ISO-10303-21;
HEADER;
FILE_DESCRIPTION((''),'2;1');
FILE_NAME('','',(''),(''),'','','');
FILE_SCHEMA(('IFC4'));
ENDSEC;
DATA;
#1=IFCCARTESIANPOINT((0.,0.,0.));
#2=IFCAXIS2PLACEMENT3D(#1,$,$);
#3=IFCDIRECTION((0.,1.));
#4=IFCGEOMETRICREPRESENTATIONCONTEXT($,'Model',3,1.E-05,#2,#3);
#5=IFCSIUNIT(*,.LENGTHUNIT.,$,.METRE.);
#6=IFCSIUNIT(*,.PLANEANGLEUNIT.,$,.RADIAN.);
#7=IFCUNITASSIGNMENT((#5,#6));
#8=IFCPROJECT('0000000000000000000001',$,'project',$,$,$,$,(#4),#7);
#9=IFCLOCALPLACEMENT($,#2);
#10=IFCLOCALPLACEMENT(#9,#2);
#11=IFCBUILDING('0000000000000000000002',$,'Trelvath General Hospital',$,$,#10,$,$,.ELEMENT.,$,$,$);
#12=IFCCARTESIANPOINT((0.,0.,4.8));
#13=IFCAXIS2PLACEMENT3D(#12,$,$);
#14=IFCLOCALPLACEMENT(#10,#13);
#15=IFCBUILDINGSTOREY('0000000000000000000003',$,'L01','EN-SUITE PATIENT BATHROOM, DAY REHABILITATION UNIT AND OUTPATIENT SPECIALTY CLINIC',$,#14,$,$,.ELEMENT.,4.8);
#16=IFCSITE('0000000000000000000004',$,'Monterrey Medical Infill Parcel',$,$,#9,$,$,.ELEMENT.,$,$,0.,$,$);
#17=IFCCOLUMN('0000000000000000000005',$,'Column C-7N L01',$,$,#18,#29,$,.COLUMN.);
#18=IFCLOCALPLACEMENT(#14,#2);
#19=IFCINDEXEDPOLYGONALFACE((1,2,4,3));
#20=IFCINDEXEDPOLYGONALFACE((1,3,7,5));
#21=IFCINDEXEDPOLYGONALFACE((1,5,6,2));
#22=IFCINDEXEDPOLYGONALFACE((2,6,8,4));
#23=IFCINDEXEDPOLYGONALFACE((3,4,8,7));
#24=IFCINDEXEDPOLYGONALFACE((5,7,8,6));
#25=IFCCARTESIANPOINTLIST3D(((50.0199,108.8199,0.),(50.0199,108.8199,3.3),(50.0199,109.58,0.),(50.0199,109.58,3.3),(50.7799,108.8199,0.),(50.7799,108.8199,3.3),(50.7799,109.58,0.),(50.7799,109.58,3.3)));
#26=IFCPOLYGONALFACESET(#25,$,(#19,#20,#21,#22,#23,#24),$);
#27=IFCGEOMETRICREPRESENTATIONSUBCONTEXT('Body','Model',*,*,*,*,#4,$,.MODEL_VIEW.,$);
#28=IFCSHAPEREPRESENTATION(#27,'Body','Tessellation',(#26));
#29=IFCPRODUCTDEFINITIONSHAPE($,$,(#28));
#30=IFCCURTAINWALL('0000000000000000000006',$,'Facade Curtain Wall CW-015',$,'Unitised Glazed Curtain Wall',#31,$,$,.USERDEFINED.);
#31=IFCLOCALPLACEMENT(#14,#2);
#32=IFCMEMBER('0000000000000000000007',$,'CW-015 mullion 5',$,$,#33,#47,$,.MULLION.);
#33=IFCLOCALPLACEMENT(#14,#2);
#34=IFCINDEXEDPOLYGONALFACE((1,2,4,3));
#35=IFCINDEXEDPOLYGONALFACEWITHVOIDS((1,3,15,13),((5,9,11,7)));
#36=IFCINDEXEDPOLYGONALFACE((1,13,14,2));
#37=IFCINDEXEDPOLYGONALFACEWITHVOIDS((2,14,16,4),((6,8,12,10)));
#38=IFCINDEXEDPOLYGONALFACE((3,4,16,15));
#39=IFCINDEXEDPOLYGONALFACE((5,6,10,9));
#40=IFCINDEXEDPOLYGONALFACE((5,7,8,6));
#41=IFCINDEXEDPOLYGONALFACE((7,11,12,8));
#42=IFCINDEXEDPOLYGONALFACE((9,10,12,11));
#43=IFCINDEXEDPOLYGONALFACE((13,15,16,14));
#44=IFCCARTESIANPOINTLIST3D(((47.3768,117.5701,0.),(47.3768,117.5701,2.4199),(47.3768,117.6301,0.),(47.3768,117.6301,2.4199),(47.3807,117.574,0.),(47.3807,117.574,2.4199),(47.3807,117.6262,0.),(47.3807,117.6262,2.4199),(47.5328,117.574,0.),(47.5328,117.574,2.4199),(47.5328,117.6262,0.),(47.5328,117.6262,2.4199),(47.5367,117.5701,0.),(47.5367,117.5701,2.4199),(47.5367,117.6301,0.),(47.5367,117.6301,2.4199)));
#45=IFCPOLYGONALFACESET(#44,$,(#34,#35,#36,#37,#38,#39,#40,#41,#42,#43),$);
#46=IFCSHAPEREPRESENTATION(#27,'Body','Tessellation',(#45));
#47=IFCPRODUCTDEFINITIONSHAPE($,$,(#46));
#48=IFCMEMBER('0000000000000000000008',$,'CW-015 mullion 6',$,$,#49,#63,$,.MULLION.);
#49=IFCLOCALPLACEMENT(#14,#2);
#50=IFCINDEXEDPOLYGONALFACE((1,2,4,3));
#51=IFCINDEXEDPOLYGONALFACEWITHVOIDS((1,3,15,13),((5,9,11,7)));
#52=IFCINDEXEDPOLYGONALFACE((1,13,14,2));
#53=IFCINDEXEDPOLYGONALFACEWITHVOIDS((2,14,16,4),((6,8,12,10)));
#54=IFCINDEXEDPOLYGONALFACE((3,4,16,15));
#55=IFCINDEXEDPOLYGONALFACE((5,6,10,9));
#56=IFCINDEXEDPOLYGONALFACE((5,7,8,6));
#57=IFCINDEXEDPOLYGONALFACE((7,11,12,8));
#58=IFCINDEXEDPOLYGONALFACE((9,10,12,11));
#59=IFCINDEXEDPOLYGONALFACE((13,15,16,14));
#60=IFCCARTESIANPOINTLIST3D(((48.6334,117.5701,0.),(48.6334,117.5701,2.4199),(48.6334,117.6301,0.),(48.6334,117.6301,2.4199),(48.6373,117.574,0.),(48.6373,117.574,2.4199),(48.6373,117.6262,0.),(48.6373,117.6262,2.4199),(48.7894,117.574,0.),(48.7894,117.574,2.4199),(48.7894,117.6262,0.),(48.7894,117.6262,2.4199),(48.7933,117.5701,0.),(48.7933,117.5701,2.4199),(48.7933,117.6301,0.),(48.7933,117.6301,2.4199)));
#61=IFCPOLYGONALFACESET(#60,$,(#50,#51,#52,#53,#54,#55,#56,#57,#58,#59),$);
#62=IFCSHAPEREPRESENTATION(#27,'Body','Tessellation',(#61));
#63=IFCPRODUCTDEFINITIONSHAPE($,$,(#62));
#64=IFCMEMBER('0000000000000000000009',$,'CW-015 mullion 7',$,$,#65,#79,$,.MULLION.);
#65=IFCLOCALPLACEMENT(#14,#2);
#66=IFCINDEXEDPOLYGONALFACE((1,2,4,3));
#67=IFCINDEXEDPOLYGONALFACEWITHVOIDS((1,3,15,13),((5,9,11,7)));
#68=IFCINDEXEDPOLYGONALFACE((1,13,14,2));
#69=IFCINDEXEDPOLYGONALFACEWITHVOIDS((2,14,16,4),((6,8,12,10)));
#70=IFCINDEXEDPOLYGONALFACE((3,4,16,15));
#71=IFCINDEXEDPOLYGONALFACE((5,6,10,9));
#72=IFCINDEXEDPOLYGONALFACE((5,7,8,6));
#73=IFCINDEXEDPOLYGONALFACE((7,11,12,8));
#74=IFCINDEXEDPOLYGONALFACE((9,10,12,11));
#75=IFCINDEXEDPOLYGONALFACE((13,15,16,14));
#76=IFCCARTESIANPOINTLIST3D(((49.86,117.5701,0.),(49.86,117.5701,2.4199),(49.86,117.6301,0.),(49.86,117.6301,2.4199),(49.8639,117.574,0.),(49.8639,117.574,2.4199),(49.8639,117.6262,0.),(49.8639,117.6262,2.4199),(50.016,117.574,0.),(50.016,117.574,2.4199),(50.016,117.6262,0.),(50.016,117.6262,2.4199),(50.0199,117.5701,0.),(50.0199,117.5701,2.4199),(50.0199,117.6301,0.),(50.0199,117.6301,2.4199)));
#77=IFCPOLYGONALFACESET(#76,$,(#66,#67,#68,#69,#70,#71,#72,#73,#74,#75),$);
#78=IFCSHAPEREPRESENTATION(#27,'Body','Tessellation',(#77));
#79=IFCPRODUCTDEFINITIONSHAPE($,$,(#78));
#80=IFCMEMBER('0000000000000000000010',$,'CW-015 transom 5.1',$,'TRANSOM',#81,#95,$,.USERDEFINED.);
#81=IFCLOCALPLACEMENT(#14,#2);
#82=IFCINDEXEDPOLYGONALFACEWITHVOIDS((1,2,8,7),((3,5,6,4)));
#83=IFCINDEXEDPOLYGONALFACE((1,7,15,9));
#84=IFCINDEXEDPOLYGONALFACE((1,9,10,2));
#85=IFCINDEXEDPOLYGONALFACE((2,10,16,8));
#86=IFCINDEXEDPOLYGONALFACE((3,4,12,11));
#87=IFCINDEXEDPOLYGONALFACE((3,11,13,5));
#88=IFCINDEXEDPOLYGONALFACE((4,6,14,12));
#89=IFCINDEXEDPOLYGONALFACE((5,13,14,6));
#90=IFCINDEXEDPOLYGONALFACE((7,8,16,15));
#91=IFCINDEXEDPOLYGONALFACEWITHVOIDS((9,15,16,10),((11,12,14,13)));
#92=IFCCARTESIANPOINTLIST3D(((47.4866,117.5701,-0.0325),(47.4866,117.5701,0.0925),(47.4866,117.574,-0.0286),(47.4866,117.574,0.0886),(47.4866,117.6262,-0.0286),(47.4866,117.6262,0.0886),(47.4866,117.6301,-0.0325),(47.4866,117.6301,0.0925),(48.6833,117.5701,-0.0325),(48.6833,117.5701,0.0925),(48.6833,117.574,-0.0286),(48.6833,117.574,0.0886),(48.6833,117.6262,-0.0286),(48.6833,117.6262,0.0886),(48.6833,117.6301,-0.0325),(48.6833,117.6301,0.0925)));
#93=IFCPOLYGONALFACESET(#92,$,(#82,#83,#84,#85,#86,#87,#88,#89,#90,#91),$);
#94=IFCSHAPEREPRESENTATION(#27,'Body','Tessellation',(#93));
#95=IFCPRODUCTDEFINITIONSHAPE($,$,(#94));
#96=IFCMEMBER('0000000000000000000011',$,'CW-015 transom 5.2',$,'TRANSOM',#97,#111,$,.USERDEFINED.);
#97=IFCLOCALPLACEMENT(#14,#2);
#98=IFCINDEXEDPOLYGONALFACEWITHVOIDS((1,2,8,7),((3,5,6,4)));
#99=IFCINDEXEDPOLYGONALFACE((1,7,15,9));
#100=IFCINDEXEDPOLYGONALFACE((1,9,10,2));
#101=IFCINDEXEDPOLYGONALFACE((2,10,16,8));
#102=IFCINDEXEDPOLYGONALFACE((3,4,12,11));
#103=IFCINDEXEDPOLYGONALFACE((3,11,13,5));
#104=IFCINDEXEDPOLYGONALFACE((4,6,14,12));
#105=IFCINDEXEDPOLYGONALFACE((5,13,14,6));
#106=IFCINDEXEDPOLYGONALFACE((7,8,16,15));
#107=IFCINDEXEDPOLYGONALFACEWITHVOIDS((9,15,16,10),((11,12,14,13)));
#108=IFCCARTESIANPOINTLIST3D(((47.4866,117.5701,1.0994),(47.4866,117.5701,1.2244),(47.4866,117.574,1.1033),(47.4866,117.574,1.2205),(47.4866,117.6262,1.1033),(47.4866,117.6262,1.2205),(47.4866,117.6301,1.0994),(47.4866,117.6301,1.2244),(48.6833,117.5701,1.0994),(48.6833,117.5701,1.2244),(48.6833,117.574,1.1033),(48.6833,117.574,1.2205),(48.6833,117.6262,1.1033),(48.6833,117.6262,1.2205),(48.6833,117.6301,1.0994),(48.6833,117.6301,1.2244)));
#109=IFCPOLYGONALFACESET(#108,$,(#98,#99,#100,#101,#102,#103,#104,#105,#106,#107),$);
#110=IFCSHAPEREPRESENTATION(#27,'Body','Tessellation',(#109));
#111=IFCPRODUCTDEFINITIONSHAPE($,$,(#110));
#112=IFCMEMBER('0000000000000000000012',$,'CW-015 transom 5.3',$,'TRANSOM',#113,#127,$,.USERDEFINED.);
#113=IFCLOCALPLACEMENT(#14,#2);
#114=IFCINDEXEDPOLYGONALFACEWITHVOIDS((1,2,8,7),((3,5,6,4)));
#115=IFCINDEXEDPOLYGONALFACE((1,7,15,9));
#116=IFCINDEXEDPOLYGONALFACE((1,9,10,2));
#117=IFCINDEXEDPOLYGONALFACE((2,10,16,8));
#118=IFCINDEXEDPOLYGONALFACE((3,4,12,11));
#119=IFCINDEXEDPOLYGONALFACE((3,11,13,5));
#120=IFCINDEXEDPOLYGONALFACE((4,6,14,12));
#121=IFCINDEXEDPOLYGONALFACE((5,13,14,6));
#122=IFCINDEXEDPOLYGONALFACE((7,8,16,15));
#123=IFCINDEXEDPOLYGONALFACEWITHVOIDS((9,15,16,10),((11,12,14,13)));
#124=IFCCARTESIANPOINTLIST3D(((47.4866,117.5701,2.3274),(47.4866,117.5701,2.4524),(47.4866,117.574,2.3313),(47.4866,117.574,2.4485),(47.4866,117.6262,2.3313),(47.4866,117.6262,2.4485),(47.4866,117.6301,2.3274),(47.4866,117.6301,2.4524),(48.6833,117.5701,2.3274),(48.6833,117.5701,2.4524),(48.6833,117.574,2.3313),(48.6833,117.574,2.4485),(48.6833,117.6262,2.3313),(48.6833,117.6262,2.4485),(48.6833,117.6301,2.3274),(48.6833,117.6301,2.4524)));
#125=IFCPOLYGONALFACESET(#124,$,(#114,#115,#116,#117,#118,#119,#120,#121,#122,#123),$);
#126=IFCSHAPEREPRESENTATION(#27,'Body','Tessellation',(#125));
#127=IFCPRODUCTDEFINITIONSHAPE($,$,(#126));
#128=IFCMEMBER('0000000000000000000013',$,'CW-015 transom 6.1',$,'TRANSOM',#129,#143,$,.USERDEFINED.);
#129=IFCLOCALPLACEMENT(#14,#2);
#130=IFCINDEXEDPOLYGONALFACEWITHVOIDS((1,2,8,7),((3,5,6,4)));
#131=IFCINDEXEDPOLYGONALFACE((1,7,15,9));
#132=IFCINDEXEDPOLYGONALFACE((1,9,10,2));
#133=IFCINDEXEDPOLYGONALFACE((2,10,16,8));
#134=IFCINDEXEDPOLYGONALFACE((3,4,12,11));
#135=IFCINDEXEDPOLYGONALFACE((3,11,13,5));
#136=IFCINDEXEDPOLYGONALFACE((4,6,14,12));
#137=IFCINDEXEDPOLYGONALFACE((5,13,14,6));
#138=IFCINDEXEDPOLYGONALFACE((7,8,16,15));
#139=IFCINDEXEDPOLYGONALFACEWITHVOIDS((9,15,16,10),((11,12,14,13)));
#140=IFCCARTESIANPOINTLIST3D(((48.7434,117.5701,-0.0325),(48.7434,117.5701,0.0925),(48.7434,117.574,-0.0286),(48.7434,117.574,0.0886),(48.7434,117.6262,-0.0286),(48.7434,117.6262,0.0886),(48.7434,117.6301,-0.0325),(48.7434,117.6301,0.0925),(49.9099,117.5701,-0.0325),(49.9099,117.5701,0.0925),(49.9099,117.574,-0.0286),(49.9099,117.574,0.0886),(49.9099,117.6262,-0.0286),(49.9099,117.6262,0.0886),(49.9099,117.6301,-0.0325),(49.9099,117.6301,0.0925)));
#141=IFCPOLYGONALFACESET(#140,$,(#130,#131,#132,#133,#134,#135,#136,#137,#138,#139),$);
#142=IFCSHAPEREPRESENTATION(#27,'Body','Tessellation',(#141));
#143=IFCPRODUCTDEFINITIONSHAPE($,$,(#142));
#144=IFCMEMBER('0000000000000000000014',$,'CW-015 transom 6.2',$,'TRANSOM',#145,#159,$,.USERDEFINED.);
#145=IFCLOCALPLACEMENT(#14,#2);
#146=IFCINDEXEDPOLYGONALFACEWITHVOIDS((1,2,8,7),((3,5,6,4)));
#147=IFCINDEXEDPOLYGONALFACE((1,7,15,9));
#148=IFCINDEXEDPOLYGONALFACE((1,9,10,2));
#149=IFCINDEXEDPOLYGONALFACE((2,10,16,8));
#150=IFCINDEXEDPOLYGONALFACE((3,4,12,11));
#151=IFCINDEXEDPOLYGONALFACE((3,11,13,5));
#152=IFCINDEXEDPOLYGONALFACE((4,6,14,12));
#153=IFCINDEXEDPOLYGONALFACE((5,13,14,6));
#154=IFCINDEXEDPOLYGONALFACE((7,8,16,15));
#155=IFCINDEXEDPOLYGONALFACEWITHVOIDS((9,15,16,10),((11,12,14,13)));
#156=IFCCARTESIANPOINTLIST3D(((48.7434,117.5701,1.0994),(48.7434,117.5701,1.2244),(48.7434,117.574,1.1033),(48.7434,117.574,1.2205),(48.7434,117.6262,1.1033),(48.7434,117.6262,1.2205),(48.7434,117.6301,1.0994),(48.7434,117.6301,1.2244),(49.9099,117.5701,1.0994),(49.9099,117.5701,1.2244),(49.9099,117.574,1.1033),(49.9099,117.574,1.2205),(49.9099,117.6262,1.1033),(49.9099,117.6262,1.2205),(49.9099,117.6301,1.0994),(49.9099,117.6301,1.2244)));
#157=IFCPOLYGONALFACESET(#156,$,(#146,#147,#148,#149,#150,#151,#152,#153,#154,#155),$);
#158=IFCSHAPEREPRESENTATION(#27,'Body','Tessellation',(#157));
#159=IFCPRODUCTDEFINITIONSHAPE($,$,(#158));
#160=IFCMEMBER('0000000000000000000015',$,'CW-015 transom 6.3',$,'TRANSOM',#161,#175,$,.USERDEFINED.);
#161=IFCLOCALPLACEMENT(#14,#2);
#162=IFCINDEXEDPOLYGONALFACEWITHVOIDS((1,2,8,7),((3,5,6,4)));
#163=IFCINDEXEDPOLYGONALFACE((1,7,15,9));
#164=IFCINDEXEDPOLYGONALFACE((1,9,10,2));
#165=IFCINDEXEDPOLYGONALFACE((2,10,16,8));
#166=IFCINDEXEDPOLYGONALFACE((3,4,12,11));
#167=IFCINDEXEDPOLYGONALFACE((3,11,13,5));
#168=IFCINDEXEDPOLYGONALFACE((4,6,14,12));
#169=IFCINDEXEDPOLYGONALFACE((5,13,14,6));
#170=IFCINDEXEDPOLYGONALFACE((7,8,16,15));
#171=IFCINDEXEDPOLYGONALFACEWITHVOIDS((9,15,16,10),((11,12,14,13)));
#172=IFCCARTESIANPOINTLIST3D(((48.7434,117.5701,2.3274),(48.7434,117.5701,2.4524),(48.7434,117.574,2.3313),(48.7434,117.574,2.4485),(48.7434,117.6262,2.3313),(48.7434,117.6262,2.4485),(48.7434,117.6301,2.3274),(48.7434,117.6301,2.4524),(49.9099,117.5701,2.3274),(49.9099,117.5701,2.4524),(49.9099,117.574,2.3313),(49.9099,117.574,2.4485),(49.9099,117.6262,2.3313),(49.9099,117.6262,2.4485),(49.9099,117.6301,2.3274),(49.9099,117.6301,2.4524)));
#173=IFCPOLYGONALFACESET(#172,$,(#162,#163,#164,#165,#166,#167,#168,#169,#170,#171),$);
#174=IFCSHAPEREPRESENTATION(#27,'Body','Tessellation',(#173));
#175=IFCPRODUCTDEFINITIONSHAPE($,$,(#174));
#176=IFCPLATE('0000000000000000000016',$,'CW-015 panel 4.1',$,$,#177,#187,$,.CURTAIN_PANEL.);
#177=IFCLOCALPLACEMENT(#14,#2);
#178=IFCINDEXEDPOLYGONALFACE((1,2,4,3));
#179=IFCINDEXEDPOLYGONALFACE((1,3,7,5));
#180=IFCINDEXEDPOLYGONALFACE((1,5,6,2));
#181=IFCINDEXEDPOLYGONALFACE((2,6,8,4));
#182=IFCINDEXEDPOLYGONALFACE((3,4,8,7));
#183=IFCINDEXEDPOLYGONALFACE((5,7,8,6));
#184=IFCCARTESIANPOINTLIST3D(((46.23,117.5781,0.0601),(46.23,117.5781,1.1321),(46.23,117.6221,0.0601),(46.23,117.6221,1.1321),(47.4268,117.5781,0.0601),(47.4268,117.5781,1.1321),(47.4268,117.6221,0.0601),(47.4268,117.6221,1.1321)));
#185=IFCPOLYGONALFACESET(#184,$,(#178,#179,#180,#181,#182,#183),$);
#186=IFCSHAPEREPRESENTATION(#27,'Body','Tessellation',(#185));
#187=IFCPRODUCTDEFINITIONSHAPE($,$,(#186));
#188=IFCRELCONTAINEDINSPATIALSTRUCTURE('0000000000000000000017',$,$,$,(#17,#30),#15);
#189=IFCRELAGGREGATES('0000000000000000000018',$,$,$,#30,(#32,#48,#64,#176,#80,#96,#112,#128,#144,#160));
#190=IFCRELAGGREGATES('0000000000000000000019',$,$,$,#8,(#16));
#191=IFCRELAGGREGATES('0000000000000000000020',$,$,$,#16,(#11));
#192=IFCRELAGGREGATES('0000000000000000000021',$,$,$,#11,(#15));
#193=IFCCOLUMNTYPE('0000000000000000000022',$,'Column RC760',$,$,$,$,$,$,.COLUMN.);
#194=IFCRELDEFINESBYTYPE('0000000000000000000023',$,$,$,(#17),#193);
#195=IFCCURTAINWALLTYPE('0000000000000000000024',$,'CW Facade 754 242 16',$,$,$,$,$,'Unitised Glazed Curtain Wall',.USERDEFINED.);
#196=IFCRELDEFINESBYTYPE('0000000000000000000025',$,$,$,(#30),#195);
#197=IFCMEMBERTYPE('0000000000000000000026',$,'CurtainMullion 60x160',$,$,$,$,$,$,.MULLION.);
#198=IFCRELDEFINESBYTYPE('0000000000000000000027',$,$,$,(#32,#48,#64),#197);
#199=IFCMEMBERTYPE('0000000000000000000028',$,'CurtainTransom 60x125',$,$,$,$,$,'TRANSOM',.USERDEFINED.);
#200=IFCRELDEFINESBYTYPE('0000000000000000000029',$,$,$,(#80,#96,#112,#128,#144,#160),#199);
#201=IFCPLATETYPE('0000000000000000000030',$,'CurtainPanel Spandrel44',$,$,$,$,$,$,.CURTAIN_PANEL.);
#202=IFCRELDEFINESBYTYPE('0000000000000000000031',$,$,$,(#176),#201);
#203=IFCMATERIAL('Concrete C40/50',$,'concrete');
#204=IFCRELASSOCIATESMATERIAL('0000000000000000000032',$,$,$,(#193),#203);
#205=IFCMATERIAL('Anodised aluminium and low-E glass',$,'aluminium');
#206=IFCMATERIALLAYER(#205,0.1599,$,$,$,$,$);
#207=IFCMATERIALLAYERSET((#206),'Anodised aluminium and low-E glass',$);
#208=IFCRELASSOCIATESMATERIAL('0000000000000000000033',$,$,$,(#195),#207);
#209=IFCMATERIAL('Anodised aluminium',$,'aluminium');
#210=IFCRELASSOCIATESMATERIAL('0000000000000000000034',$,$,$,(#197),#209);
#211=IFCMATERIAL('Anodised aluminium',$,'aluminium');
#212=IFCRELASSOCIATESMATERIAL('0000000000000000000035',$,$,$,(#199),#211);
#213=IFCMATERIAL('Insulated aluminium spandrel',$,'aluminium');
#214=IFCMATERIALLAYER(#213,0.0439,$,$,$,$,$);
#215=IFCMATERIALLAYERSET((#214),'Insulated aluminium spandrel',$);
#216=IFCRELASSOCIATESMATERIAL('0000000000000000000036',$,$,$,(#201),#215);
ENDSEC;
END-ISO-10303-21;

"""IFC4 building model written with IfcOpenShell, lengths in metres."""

from ifc_helpers import new_model, si_unit, direction, frame, origin, origin_2d, place, context, subcontext, project, spatial, rectangle, hollow_rectangle, extrude, material, layer, layer_set, material_profile, profile_set, type_object, element, aggregate, save


model = new_model("IFC4")

# Units and contexts
model_context = context("Model", 3, precision=1e-05, world=origin(), true_north=direction((0.0, 1.0)))
body_context = subcontext(model_context, "Body", "Model", "MODEL_VIEW")
ifc_project = project(units=[si_unit("LENGTHUNIT", "METRE"), si_unit("PLANEANGLEUNIT", "RADIAN")], contexts=[model_context])

# Site, building, storey
site_placement = place(None, origin())
site = spatial("IfcSite", under=ifc_project, at=site_placement, Name="Monterrey Medical Infill Parcel", CompositionType="ELEMENT", RefElevation=0.0)
building_placement = place(site_placement, origin())
building = spatial("IfcBuilding", under=site, at=building_placement, Name="Trelvath General Hospital", CompositionType="ELEMENT")
storey_placement = place(building_placement, frame((0.0, 0.0, 4.8)))
storey = spatial("IfcBuildingStorey", under=building, at=storey_placement, Name="L01", Description="EN-SUITE PATIENT BATHROOM, DAY REHABILITATION UNIT AND OUTPATIENT SPECIALTY CLINIC", CompositionType="ELEMENT", Elevation=4.8)

# Column
ifc_material_1 = material(Name="Concrete C40/50", Category="concrete")
ifc_material_profile_1 = material_profile(ifc_material_1, rectangle(XDim=0.76, YDim=0.76, at=origin_2d()), Name="RC760x760")
ifc_profile_set_1 = profile_set([ifc_material_profile_1], Name="Concrete C40/50")
column_type = type_object("IfcColumnType", Name="Column RC760", PredefinedType="COLUMN", material=ifc_profile_set_1)
column_placement = place(storey_placement, frame((50.3999, 109.2, 0.0), z_axis=(0.0, 0.0, 1.0), x_axis=(1.0, 0.0, 0.0)))
element("IfcColumn", 1, at=column_placement, inside=storey, type_object=column_type, Name="Column C-7N L01", PredefinedType="COLUMN", context=body_context, shape_type="SweptSolid", body=[
    extrude(rectangle(XDim=0.76, YDim=0.76, at=origin_2d()), origin(), (0.0, 0.0, 1.0), 3.3),
])

# Curtain wall, members, plate
ifc_material_2 = material(Name="Anodised aluminium and low-E glass", Category="aluminium")
ifc_layer_1 = layer(ifc_material_2, 0.1599)
ifc_layer_set_1 = layer_set([ifc_layer_1], Name="Anodised aluminium and low-E glass")
curtain_wall_type = type_object("IfcCurtainWallType", Name="CW Facade 754 242 16", ElementType="Unitised Glazed Curtain Wall", PredefinedType="USERDEFINED", material=ifc_layer_set_1)
curtain_wall_placement = place(storey_placement, origin())
curtain_wall = element("IfcCurtainWall", 2, at=curtain_wall_placement, inside=storey, type_object=curtain_wall_type, Name="Facade Curtain Wall CW-015", ObjectType="Unitised Glazed Curtain Wall", PredefinedType="USERDEFINED")
ifc_material_3 = material(Name="Anodised aluminium", Category="aluminium")
ifc_material_profile_2 = material_profile(ifc_material_3, hollow_rectangle(XDim=0.0601, YDim=0.1599, WallThickness=0.0039, at=origin_2d()), Name="RHS60x160x4")
ifc_profile_set_2 = profile_set([ifc_material_profile_2], Name="Anodised aluminium")
member_type_1 = type_object("IfcMemberType", Name="CurtainMullion 60x160", PredefinedType="MULLION", material=ifc_profile_set_2)
member_1_placement = place(storey_placement, frame((47.4568, 117.6001, 0.0), z_axis=(0.0, 0.0, 1.0), x_axis=(0.0, 1.0, 0.0)))
member_1 = element("IfcMember", 3, at=member_1_placement, type_object=member_type_1, Name="CW-015 mullion 5", PredefinedType="MULLION", context=body_context, shape_type="SweptSolid", body=[
    extrude(hollow_rectangle(XDim=0.0601, YDim=0.1599, WallThickness=0.0039, at=origin_2d()), origin(), (0.0, 0.0, 1.0), 2.4199),
])
member_2_placement = place(storey_placement, frame((48.7134, 117.6001, 0.0), z_axis=(0.0, 0.0, 1.0), x_axis=(0.0, 1.0, 0.0)))
member_2 = element("IfcMember", 4, at=member_2_placement, type_object=member_type_1, Name="CW-015 mullion 6", PredefinedType="MULLION", context=body_context, shape_type="SweptSolid", body=[
    extrude(hollow_rectangle(XDim=0.0601, YDim=0.1599, WallThickness=0.0039, at=origin_2d()), origin(), (0.0, 0.0, 1.0), 2.4199),
])
member_3_placement = place(storey_placement, frame((49.9399, 117.6001, 0.0), z_axis=(0.0, 0.0, 1.0), x_axis=(0.0, 1.0, 0.0)))
member_3 = element("IfcMember", 5, at=member_3_placement, type_object=member_type_1, Name="CW-015 mullion 7", PredefinedType="MULLION", context=body_context, shape_type="SweptSolid", body=[
    extrude(hollow_rectangle(XDim=0.0601, YDim=0.1599, WallThickness=0.0039, at=origin_2d()), origin(), (0.0, 0.0, 1.0), 2.4199),
])
ifc_material_4 = material(Name="Anodised aluminium", Category="aluminium")
ifc_material_profile_3 = material_profile(ifc_material_4, hollow_rectangle(XDim=0.0601, YDim=0.125, WallThickness=0.0039, at=origin_2d()), Name="RHS60x125x4")
ifc_profile_set_3 = profile_set([ifc_material_profile_3], Name="Anodised aluminium")
member_type_2 = type_object("IfcMemberType", Name="CurtainTransom 60x125", ElementType="TRANSOM", PredefinedType="USERDEFINED", material=ifc_profile_set_3)
member_4_placement = place(storey_placement, frame((47.4866, 117.6001, 0.03), z_axis=(1.0, 0.0, 0.0), x_axis=(0.0, 1.0, 0.0)))
member_4 = element("IfcMember", 6, at=member_4_placement, type_object=member_type_2, Name="CW-015 transom 5.1", ObjectType="TRANSOM", PredefinedType="USERDEFINED", context=body_context, shape_type="SweptSolid", body=[
    extrude(hollow_rectangle(XDim=0.0601, YDim=0.125, WallThickness=0.0039, at=origin_2d()), origin(), (0.0, 0.0, 1.0), 1.1968),
])
member_5_placement = place(storey_placement, frame((47.4866, 117.6001, 1.1619), z_axis=(1.0, 0.0, 0.0), x_axis=(0.0, 1.0, 0.0)))
member_5 = element("IfcMember", 7, at=member_5_placement, type_object=member_type_2, Name="CW-015 transom 5.2", ObjectType="TRANSOM", PredefinedType="USERDEFINED", context=body_context, shape_type="SweptSolid", body=[
    extrude(hollow_rectangle(XDim=0.0601, YDim=0.125, WallThickness=0.0039, at=origin_2d()), origin(), (0.0, 0.0, 1.0), 1.1968),
])
member_6_placement = place(storey_placement, frame((47.4866, 117.6001, 2.3899), z_axis=(1.0, 0.0, 0.0), x_axis=(0.0, 1.0, 0.0)))
member_6 = element("IfcMember", 8, at=member_6_placement, type_object=member_type_2, Name="CW-015 transom 5.3", ObjectType="TRANSOM", PredefinedType="USERDEFINED", context=body_context, shape_type="SweptSolid", body=[
    extrude(hollow_rectangle(XDim=0.0601, YDim=0.125, WallThickness=0.0039, at=origin_2d()), origin(), (0.0, 0.0, 1.0), 1.1968),
])
member_7_placement = place(storey_placement, frame((48.7434, 117.6001, 0.03), z_axis=(1.0, 0.0, 0.0), x_axis=(0.0, 1.0, 0.0)))
member_7 = element("IfcMember", 9, at=member_7_placement, type_object=member_type_2, Name="CW-015 transom 6.1", ObjectType="TRANSOM", PredefinedType="USERDEFINED", context=body_context, shape_type="SweptSolid", body=[
    extrude(hollow_rectangle(XDim=0.0601, YDim=0.125, WallThickness=0.0039, at=origin_2d()), origin(), (0.0, 0.0, 1.0), 1.1665),
])
member_8_placement = place(storey_placement, frame((48.7434, 117.6001, 1.1619), z_axis=(1.0, 0.0, 0.0), x_axis=(0.0, 1.0, 0.0)))
member_8 = element("IfcMember", 10, at=member_8_placement, type_object=member_type_2, Name="CW-015 transom 6.2", ObjectType="TRANSOM", PredefinedType="USERDEFINED", context=body_context, shape_type="SweptSolid", body=[
    extrude(hollow_rectangle(XDim=0.0601, YDim=0.125, WallThickness=0.0039, at=origin_2d()), origin(), (0.0, 0.0, 1.0), 1.1665),
])
member_9_placement = place(storey_placement, frame((48.7434, 117.6001, 2.3899), z_axis=(1.0, 0.0, 0.0), x_axis=(0.0, 1.0, 0.0)))
member_9 = element("IfcMember", 11, at=member_9_placement, type_object=member_type_2, Name="CW-015 transom 6.3", ObjectType="TRANSOM", PredefinedType="USERDEFINED", context=body_context, shape_type="SweptSolid", body=[
    extrude(hollow_rectangle(XDim=0.0601, YDim=0.125, WallThickness=0.0039, at=origin_2d()), origin(), (0.0, 0.0, 1.0), 1.1665),
])
ifc_material_5 = material(Name="Insulated aluminium spandrel", Category="aluminium")
ifc_layer_2 = layer(ifc_material_5, 0.0439)
ifc_layer_set_2 = layer_set([ifc_layer_2], Name="Insulated aluminium spandrel")
plate_type = type_object("IfcPlateType", Name="CurtainPanel Spandrel44", PredefinedType="CURTAIN_PANEL", material=ifc_layer_set_2)
plate_1_placement = place(storey_placement, frame((46.8284, 117.6001, 0.0601), z_axis=(0.0, 0.0, 1.0), x_axis=(1.0, 0.0, 0.0)))
plate_1 = element("IfcPlate", 12, at=plate_1_placement, type_object=plate_type, Name="CW-015 panel 4.1", PredefinedType="CURTAIN_PANEL", context=body_context, shape_type="SweptSolid", body=[
    extrude(rectangle(XDim=1.1968, YDim=0.0439, at=origin_2d()), origin(), (0.0, 0.0, 1.0), 1.072),
])
aggregate(curtain_wall, [member_1, member_2, member_3, plate_1, member_4, member_5, member_6, member_7, member_8, member_9])

save(model, "model.ifc")
